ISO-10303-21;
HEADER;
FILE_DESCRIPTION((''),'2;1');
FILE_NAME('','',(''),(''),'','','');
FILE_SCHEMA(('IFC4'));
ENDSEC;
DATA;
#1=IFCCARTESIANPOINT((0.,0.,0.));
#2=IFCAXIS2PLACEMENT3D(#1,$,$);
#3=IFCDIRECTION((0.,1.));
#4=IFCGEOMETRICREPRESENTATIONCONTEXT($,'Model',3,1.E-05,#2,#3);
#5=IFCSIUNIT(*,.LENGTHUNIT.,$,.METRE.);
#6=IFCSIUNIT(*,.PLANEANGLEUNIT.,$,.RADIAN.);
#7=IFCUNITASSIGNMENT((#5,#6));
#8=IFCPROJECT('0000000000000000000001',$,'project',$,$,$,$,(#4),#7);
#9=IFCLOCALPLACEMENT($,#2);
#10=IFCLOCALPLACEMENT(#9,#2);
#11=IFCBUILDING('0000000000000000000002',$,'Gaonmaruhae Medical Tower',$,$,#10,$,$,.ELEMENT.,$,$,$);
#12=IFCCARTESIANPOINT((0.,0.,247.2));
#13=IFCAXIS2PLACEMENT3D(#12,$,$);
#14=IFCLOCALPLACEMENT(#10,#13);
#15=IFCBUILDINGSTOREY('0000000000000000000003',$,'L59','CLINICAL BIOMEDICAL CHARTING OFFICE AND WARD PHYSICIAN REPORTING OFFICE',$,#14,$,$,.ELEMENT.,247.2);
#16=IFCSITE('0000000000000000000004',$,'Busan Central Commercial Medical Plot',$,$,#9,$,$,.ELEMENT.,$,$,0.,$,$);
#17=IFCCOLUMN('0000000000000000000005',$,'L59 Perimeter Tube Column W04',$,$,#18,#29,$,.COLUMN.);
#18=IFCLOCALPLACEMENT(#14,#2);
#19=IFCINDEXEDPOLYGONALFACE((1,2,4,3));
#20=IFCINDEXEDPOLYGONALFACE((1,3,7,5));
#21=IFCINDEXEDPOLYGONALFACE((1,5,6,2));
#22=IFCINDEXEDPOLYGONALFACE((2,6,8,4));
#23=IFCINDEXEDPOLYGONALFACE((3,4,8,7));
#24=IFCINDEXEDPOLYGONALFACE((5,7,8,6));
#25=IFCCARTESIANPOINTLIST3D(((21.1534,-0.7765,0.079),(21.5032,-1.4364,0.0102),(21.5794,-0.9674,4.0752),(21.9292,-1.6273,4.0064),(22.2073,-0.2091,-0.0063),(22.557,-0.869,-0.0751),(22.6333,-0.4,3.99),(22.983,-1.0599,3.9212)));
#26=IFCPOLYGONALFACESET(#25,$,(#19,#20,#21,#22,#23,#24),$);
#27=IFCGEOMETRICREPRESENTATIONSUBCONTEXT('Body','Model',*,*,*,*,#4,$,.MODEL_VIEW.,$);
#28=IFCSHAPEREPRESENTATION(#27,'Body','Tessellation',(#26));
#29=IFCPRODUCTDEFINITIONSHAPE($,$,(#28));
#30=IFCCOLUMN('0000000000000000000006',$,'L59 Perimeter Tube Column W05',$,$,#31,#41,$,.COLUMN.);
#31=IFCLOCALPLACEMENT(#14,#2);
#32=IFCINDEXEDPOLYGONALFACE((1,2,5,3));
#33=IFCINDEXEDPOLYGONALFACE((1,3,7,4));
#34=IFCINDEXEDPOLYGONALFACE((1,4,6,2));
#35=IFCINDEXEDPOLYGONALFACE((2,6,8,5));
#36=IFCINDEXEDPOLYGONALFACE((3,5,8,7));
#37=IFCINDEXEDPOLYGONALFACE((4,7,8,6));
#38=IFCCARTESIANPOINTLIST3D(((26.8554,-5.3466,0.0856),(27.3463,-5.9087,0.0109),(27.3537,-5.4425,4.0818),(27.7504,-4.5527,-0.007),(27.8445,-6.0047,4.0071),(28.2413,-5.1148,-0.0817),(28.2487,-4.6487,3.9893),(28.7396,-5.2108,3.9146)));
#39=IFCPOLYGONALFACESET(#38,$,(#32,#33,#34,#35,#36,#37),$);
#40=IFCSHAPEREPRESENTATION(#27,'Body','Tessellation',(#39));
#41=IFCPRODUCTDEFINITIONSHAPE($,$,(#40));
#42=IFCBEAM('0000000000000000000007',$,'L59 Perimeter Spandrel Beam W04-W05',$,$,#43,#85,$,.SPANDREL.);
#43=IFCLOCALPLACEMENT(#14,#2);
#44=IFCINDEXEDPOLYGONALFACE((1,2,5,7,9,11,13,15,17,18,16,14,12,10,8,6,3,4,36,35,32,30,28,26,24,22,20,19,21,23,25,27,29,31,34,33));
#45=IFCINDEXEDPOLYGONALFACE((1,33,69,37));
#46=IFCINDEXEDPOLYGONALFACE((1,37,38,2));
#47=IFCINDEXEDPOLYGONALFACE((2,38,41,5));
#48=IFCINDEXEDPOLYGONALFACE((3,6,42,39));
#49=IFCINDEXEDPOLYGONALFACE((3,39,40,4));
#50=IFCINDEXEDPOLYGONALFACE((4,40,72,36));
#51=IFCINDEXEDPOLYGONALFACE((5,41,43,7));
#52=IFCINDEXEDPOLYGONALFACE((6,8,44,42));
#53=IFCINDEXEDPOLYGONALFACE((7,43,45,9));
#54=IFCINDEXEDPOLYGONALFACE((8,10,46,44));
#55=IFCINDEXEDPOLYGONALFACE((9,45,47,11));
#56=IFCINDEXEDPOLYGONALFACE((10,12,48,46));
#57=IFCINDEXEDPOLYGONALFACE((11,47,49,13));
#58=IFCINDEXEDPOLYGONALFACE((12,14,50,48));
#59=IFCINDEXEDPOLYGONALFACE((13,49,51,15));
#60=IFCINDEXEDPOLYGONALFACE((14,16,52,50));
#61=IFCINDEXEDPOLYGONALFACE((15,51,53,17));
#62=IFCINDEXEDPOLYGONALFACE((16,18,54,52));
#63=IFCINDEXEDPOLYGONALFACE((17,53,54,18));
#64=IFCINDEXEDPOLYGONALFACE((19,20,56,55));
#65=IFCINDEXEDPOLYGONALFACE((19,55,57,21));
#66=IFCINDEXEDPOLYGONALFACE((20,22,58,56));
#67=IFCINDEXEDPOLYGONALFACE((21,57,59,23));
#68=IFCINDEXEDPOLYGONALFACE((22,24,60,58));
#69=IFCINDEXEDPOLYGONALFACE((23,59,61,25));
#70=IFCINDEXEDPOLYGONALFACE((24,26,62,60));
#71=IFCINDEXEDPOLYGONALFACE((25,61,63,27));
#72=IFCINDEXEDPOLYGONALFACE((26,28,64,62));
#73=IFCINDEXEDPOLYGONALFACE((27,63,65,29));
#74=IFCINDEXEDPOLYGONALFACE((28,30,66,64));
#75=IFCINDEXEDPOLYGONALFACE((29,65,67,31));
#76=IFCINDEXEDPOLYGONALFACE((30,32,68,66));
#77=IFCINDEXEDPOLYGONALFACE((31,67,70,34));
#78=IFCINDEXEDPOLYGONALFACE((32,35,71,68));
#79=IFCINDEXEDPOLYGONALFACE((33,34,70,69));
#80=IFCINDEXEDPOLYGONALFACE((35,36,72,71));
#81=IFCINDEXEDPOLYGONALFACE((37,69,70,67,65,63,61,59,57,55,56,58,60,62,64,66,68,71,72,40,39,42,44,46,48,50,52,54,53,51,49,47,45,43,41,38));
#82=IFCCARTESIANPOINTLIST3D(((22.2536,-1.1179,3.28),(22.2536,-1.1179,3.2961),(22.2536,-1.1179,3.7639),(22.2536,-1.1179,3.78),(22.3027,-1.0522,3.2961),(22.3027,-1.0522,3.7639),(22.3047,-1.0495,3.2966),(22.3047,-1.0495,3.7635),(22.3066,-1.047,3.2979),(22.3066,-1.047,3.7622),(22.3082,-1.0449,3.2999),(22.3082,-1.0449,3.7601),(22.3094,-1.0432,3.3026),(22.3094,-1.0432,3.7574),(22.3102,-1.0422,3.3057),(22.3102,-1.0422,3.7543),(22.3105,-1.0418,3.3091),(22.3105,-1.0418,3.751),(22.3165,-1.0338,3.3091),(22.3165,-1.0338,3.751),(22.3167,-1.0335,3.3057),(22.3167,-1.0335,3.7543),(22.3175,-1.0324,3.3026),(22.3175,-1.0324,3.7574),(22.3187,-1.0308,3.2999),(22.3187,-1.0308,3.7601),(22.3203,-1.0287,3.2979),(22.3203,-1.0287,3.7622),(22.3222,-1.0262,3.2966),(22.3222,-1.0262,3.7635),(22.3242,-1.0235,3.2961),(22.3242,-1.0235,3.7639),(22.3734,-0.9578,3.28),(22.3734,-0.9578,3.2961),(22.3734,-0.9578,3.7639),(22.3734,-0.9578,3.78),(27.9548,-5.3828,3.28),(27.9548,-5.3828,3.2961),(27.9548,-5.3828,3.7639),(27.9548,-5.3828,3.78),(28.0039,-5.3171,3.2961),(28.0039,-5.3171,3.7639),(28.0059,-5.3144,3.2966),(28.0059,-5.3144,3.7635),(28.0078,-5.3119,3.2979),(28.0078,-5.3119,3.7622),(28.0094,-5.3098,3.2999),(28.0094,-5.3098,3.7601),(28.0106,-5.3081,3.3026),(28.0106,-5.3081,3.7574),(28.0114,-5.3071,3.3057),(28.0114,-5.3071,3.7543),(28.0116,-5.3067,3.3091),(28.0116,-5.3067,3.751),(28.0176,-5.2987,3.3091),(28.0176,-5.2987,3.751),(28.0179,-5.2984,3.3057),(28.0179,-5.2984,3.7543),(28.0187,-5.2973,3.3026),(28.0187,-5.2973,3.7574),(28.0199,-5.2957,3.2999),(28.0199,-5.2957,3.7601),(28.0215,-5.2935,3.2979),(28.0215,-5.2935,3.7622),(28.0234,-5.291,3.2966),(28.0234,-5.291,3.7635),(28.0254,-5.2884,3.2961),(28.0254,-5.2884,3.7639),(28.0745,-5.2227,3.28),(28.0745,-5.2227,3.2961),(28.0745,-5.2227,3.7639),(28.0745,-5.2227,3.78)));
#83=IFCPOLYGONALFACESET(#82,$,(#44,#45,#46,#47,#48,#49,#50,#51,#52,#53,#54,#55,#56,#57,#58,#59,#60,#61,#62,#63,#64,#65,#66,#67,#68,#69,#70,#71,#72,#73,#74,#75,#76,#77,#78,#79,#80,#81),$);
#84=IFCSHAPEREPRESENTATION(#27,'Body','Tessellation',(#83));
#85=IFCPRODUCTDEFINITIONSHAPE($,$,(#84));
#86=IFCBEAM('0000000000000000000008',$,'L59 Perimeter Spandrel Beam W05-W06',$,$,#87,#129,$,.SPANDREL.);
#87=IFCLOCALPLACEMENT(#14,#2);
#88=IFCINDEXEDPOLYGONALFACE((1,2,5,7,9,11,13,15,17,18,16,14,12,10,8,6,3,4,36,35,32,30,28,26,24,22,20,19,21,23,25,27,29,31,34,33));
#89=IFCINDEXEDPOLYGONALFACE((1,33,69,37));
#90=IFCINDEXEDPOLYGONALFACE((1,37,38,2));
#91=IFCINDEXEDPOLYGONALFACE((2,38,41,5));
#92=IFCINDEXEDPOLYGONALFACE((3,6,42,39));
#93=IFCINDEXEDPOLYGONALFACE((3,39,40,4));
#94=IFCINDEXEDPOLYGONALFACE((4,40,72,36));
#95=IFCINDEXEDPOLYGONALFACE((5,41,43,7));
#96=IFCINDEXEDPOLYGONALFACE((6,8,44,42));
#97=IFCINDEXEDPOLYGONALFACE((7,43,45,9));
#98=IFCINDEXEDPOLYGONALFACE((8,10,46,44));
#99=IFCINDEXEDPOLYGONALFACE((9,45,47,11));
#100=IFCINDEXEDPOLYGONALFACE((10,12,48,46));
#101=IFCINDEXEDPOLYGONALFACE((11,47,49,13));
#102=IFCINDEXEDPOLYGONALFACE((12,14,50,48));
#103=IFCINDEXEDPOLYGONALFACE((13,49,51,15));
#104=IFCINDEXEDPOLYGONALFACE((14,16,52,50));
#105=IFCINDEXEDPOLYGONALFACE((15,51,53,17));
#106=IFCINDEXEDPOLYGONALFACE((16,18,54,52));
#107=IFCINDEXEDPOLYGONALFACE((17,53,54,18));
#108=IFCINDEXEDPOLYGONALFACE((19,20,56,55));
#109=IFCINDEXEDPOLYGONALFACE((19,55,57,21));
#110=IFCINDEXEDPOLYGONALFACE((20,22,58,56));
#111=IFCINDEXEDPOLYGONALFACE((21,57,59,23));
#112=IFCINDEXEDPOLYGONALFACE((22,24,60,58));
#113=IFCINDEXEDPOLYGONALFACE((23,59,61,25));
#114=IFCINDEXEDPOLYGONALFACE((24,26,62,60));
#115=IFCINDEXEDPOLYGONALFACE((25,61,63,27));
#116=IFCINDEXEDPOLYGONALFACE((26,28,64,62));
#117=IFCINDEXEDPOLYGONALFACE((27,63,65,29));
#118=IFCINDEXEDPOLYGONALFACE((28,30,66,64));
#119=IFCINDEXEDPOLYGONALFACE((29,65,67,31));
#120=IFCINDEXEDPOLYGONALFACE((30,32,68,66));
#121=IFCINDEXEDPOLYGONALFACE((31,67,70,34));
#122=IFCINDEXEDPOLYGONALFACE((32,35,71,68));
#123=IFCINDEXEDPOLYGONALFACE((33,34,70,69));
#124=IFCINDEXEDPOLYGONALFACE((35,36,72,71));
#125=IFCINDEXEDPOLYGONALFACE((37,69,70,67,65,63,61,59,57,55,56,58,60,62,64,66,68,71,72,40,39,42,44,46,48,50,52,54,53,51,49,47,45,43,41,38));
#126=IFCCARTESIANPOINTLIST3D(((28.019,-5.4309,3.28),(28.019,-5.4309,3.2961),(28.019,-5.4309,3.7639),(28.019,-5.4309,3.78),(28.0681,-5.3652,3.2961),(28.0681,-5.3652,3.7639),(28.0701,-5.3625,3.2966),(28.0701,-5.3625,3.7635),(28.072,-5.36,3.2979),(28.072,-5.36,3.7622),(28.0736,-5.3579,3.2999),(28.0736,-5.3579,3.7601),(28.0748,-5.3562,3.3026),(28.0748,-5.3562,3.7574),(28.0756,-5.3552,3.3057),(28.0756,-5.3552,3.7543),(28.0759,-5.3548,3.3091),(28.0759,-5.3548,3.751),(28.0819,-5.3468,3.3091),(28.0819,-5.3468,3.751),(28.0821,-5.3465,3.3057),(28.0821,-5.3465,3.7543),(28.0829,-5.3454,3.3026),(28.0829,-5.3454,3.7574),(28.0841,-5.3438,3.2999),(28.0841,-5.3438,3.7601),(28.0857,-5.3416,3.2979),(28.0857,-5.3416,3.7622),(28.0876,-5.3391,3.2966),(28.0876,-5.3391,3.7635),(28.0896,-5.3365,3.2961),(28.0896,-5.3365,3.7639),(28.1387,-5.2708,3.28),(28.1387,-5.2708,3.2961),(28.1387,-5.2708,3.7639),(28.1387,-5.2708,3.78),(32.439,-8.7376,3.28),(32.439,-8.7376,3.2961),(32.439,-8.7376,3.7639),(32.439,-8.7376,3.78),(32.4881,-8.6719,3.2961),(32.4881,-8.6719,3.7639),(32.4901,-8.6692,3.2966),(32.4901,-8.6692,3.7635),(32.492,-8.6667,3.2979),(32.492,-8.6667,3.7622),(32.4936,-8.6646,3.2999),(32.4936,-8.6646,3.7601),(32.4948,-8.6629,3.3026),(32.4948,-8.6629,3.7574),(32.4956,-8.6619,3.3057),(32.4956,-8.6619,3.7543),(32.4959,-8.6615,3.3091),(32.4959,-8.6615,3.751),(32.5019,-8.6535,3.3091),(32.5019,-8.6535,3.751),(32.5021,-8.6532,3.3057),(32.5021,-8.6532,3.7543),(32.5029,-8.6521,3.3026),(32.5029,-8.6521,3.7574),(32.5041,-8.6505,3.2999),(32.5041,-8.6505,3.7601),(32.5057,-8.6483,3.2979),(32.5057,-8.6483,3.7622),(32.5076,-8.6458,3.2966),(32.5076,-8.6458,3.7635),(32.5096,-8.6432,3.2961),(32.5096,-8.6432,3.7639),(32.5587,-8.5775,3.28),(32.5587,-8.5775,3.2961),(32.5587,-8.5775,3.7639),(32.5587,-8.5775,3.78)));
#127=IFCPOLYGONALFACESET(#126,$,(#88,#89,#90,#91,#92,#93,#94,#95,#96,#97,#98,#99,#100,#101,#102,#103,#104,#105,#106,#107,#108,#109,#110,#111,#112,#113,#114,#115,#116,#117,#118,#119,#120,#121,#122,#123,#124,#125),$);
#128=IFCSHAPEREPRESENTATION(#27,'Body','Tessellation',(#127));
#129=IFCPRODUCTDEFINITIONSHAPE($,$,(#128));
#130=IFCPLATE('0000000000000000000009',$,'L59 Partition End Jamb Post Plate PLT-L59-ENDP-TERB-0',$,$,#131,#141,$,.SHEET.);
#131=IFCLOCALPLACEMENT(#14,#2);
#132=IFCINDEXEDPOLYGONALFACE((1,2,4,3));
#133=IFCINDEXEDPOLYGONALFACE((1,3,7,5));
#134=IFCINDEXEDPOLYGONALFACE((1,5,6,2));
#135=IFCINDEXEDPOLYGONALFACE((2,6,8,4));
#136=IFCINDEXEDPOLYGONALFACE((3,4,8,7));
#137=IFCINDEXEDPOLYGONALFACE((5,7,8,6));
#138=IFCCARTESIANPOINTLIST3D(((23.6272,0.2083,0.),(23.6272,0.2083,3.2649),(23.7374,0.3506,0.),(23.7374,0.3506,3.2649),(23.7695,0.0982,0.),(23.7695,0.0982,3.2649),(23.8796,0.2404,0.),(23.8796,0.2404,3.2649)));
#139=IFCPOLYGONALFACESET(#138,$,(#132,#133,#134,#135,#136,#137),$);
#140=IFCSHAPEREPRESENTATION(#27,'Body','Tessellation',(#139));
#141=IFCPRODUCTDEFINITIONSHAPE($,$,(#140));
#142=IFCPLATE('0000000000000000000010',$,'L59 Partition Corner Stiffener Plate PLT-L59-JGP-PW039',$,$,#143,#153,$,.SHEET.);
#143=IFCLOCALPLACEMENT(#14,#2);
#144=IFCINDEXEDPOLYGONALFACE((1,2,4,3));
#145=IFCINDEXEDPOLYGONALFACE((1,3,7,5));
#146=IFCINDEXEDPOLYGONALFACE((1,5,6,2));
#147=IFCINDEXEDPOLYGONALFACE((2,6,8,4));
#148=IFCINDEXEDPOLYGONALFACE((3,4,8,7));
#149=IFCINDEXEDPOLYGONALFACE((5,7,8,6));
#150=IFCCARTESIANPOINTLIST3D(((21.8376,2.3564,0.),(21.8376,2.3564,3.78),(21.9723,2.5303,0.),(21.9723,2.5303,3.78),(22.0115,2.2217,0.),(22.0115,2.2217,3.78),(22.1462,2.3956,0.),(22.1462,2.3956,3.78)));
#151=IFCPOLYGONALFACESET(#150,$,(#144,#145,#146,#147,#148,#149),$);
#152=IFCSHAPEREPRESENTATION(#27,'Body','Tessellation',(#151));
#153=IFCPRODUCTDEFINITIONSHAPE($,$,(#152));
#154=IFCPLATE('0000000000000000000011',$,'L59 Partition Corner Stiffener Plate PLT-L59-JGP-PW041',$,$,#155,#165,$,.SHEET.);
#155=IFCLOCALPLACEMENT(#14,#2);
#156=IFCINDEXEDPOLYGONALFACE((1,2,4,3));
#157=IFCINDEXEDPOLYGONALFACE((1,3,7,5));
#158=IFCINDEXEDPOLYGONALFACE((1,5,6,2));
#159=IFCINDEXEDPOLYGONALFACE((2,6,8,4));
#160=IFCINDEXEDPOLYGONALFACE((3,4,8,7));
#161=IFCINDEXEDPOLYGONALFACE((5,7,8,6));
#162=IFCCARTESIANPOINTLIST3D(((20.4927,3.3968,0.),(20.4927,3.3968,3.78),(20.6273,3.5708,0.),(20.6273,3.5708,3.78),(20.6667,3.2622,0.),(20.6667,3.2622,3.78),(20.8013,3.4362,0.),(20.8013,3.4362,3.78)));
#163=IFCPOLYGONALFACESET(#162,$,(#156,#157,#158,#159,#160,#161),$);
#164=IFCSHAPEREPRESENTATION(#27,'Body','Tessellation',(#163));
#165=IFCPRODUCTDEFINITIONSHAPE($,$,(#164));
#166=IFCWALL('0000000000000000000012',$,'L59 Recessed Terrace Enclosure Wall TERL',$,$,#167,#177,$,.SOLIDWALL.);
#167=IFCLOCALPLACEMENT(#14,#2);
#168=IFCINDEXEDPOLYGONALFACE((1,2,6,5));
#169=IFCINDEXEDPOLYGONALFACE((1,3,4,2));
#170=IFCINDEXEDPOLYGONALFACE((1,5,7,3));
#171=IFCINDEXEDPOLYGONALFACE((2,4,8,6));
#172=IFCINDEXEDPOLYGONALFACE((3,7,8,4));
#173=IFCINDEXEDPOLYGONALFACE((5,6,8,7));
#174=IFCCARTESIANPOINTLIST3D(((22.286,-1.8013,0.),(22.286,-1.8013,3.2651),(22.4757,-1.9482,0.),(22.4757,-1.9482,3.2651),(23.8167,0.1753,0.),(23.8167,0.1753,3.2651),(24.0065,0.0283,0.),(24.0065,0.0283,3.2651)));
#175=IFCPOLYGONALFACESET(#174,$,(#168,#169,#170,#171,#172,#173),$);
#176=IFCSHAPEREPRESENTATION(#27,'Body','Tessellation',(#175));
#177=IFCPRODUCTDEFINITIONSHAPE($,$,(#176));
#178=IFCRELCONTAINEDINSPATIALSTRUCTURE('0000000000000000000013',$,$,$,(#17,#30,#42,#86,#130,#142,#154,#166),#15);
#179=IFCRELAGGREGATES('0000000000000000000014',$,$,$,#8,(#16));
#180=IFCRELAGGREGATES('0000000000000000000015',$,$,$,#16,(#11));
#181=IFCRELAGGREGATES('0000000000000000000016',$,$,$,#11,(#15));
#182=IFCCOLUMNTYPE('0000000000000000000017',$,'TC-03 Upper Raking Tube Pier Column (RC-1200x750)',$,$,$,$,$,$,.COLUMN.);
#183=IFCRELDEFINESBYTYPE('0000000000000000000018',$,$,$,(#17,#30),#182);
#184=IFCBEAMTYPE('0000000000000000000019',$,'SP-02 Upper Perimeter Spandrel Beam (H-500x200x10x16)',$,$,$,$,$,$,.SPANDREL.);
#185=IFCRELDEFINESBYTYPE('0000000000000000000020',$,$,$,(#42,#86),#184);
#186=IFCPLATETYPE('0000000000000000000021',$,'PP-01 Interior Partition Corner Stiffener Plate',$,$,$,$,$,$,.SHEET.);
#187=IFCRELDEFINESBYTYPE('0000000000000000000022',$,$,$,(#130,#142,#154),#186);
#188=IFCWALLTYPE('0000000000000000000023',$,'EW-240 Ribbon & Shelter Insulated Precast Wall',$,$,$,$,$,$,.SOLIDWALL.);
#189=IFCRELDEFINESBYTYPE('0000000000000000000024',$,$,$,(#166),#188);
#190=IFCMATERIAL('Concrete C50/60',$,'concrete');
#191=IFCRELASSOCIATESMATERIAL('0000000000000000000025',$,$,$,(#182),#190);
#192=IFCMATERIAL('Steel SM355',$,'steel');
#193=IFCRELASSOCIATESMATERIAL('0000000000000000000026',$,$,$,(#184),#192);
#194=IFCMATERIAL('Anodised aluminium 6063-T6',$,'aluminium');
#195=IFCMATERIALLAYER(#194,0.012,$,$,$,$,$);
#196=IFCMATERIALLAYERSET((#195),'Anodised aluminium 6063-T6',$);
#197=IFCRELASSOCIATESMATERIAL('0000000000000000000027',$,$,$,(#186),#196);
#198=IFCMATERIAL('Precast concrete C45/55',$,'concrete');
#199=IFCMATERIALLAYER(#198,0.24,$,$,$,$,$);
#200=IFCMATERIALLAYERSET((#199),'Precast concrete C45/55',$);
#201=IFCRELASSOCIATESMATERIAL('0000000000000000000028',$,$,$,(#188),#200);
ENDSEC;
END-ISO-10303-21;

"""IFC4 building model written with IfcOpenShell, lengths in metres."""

from ifc_helpers import new_model, si_unit, direction, frame, frame_2d, origin, origin_2d, place, context, subcontext, project, spatial, rectangle, i_section, extrude, material, layer, layer_set, material_profile, profile_set, type_object, element, save


model = new_model("IFC4")

# Units and contexts
model_context = context("Model", 3, precision=1e-05, world=origin(), true_north=direction((0.0, 1.0)))
body_context = subcontext(model_context, "Body", "Model", "MODEL_VIEW")
ifc_project = project(units=[si_unit("LENGTHUNIT", "METRE"), si_unit("PLANEANGLEUNIT", "RADIAN")], contexts=[model_context])

# Site, building, storey
site_placement = place(None, origin())
site = spatial("IfcSite", under=ifc_project, at=site_placement, Name="Busan Central Commercial Medical Plot", CompositionType="ELEMENT", RefElevation=0.0)
building_placement = place(site_placement, origin())
building = spatial("IfcBuilding", under=site, at=building_placement, Name="Gaonmaruhae Medical Tower", CompositionType="ELEMENT")
storey_placement = place(building_placement, frame((0.0, 0.0, 247.2)))
storey = spatial("IfcBuildingStorey", under=building, at=storey_placement, Name="L59", Description="CLINICAL BIOMEDICAL CHARTING OFFICE AND WARD PHYSICIAN REPORTING OFFICE", CompositionType="ELEMENT", Elevation=247.2)

# Columns
ifc_material_1 = material(Name="Concrete C50/60", Category="concrete")
ifc_material_profile_1 = material_profile(ifc_material_1, rectangle(XDim=1.2, YDim=0.75, at=origin_2d()), Name="RC-1200x750")
ifc_profile_set_1 = profile_set([ifc_material_profile_1], Name="Concrete C50/60")
column_type = type_object("IfcColumnType", Name="TC-03 Upper Raking Tube Pier Column (RC-1200x750)", PredefinedType="COLUMN", material=ifc_profile_set_1)
column_1_placement = place(storey_placement, frame((21.8552, -0.8228, 0.002), z_axis=(0.105884, -0.047451, 0.993246), x_axis=(-0.878262, -0.472873, 0.071036)))
element("IfcColumn", 1, at=column_1_placement, inside=storey, type_object=column_type, Name="L59 Perimeter Tube Column W04", PredefinedType="COLUMN", context=body_context, shape_type="SweptSolid", body=[
    extrude(rectangle(XDim=1.2, YDim=0.75, at=origin_2d()), origin(), (0.0, 0.0, 1.0), 4.0234),
])
column_2_placement = place(storey_placement, frame((27.5483, -5.2307, 0.002), z_axis=(0.123694, -0.023818, 0.992035), x_axis=(-0.745888, -0.661591, 0.077119)))
element("IfcColumn", 2, at=column_2_placement, inside=storey, type_object=column_type, Name="L59 Perimeter Tube Column W05", PredefinedType="COLUMN", context=body_context, shape_type="SweptSolid", body=[
    extrude(rectangle(XDim=1.2, YDim=0.75, at=origin_2d()), origin(), (0.0, 0.0, 1.0), 4.0283),
])

# Beams
ifc_material_2 = material(Name="Steel SM355", Category="steel")
ifc_material_profile_2 = material_profile(ifc_material_2, i_section(OverallWidth=0.2, OverallDepth=0.5, WebThickness=0.01, FlangeThickness=0.0161, FilletRadius=0.0129, at=origin_2d()), Name="H-500x200x10x16")
ifc_profile_set_2 = profile_set([ifc_material_profile_2], Name="Steel SM355")
beam_type = type_object("IfcBeamType", Name="SP-02 Upper Perimeter Spandrel Beam (H-500x200x10x16)", PredefinedType="SPANDREL", material=ifc_profile_set_2)
beam_1_placement = place(storey_placement, frame((22.3135, -1.0378, 3.53), z_axis=(0.80074, -0.599012, 0.0), x_axis=(0.599012, 0.80074, 0.0)))
element("IfcBeam", 3, at=beam_1_placement, inside=storey, type_object=beam_type, Name="L59 Perimeter Spandrel Beam W04-W05", PredefinedType="SPANDREL", context=body_context, shape_type="SweptSolid", body=[
    extrude(i_section(OverallWidth=0.2, OverallDepth=0.5, WebThickness=0.01, FlangeThickness=0.0161, FilletRadius=0.0129, at=origin_2d()), origin(), (0.0, 0.0, 1.0), 7.1199),
])
beam_2_placement = place(storey_placement, frame((28.0789, -5.3508, 3.53), z_axis=(0.800721, -0.599037, 0.0), x_axis=(0.599037, 0.800721, 0.0)))
element("IfcBeam", 4, at=beam_2_placement, inside=storey, type_object=beam_type, Name="L59 Perimeter Spandrel Beam W05-W06", PredefinedType="SPANDREL", context=body_context, shape_type="SweptSolid", body=[
    extrude(i_section(OverallWidth=0.2, OverallDepth=0.5, WebThickness=0.01, FlangeThickness=0.0161, FilletRadius=0.0129, at=origin_2d()), origin(), (0.0, 0.0, 1.0), 5.52),
])

# Plates
ifc_material_3 = material(Name="Anodised aluminium 6063-T6", Category="aluminium")
ifc_layer_1 = layer(ifc_material_3, 0.012)
ifc_layer_set_1 = layer_set([ifc_layer_1], Name="Anodised aluminium 6063-T6")
plate_type = type_object("IfcPlateType", Name="PP-01 Interior Partition Corner Stiffener Plate", PredefinedType="SHEET", material=ifc_layer_set_1)
plate_placement = place(storey_placement, frame((23.7534, 0.2244, 0.0), z_axis=(0.0, 0.0, 1.0), x_axis=(-0.79069, 0.612217, 0.0)))
element("IfcPlate", 5, at=plate_placement, inside=storey, type_object=plate_type, Name="L59 Partition End Jamb Post Plate PLT-L59-ENDP-TERB-0", PredefinedType="SHEET", context=body_context, shape_type="SweptSolid", body=[
    extrude(rectangle(XDim=0.1799, YDim=0.1799, at=origin_2d()), origin(), (0.0, 0.0, 1.0), 3.2649),
])
for number, where, z_axis, x_axis, name in (
    (6, (21.9919, 2.376, 0.0), (0.0, 0.0, 1.0), (0.612369, 0.790572, 0.0), "L59 Partition Corner Stiffener Plate PLT-L59-JGP-PW039"),
    (7, (20.647, 3.4165, 0.0), (0.0, 0.0, 1.0), (-0.6119, -0.790935, 0.0), "L59 Partition Corner Stiffener Plate PLT-L59-JGP-PW041"),
):
    element("IfcPlate", number, at=place(storey_placement, frame(where, z_axis=z_axis, x_axis=x_axis)), inside=storey, type_object=plate_type, Name=name, PredefinedType="SHEET", context=body_context, shape_type="SweptSolid", body=[
        extrude(rectangle(XDim=0.22, YDim=0.22, at=origin_2d()), origin(), (0.0, 0.0, 1.0), 3.78),
    ])

# Shared definitions
ifc_material_4 = material(Name="Precast concrete C45/55", Category="concrete")
ifc_layer_2 = layer(ifc_material_4, 0.24)
ifc_layer_set_2 = layer_set([ifc_layer_2], Name="Precast concrete C45/55")
wall_type_1 = type_object("IfcWallType", Name="EW-240 Ribbon & Shelter Insulated Precast Wall", PredefinedType="SOLIDWALL", material=ifc_layer_set_2)

# Wall
wall_1_placement = place(storey_placement, frame((22.3809, -1.8748, 0.0), z_axis=(0.0, 0.0, 1.0), x_axis=(0.612303, 0.790623, 0.0)))
element("IfcWall", 8, at=wall_1_placement, inside=storey, type_object=wall_type_1, Name="L59 Recessed Terrace Enclosure Wall TERL", PredefinedType="SOLIDWALL", context=body_context, shape_type="SweptSolid", body=[
    extrude(rectangle(XDim=2.5, YDim=0.24, at=frame_2d((1.25, 0.0))), origin(), (0.0, 0.0, 1.0), 3.2651),
])

save(model, "model.ifc")
